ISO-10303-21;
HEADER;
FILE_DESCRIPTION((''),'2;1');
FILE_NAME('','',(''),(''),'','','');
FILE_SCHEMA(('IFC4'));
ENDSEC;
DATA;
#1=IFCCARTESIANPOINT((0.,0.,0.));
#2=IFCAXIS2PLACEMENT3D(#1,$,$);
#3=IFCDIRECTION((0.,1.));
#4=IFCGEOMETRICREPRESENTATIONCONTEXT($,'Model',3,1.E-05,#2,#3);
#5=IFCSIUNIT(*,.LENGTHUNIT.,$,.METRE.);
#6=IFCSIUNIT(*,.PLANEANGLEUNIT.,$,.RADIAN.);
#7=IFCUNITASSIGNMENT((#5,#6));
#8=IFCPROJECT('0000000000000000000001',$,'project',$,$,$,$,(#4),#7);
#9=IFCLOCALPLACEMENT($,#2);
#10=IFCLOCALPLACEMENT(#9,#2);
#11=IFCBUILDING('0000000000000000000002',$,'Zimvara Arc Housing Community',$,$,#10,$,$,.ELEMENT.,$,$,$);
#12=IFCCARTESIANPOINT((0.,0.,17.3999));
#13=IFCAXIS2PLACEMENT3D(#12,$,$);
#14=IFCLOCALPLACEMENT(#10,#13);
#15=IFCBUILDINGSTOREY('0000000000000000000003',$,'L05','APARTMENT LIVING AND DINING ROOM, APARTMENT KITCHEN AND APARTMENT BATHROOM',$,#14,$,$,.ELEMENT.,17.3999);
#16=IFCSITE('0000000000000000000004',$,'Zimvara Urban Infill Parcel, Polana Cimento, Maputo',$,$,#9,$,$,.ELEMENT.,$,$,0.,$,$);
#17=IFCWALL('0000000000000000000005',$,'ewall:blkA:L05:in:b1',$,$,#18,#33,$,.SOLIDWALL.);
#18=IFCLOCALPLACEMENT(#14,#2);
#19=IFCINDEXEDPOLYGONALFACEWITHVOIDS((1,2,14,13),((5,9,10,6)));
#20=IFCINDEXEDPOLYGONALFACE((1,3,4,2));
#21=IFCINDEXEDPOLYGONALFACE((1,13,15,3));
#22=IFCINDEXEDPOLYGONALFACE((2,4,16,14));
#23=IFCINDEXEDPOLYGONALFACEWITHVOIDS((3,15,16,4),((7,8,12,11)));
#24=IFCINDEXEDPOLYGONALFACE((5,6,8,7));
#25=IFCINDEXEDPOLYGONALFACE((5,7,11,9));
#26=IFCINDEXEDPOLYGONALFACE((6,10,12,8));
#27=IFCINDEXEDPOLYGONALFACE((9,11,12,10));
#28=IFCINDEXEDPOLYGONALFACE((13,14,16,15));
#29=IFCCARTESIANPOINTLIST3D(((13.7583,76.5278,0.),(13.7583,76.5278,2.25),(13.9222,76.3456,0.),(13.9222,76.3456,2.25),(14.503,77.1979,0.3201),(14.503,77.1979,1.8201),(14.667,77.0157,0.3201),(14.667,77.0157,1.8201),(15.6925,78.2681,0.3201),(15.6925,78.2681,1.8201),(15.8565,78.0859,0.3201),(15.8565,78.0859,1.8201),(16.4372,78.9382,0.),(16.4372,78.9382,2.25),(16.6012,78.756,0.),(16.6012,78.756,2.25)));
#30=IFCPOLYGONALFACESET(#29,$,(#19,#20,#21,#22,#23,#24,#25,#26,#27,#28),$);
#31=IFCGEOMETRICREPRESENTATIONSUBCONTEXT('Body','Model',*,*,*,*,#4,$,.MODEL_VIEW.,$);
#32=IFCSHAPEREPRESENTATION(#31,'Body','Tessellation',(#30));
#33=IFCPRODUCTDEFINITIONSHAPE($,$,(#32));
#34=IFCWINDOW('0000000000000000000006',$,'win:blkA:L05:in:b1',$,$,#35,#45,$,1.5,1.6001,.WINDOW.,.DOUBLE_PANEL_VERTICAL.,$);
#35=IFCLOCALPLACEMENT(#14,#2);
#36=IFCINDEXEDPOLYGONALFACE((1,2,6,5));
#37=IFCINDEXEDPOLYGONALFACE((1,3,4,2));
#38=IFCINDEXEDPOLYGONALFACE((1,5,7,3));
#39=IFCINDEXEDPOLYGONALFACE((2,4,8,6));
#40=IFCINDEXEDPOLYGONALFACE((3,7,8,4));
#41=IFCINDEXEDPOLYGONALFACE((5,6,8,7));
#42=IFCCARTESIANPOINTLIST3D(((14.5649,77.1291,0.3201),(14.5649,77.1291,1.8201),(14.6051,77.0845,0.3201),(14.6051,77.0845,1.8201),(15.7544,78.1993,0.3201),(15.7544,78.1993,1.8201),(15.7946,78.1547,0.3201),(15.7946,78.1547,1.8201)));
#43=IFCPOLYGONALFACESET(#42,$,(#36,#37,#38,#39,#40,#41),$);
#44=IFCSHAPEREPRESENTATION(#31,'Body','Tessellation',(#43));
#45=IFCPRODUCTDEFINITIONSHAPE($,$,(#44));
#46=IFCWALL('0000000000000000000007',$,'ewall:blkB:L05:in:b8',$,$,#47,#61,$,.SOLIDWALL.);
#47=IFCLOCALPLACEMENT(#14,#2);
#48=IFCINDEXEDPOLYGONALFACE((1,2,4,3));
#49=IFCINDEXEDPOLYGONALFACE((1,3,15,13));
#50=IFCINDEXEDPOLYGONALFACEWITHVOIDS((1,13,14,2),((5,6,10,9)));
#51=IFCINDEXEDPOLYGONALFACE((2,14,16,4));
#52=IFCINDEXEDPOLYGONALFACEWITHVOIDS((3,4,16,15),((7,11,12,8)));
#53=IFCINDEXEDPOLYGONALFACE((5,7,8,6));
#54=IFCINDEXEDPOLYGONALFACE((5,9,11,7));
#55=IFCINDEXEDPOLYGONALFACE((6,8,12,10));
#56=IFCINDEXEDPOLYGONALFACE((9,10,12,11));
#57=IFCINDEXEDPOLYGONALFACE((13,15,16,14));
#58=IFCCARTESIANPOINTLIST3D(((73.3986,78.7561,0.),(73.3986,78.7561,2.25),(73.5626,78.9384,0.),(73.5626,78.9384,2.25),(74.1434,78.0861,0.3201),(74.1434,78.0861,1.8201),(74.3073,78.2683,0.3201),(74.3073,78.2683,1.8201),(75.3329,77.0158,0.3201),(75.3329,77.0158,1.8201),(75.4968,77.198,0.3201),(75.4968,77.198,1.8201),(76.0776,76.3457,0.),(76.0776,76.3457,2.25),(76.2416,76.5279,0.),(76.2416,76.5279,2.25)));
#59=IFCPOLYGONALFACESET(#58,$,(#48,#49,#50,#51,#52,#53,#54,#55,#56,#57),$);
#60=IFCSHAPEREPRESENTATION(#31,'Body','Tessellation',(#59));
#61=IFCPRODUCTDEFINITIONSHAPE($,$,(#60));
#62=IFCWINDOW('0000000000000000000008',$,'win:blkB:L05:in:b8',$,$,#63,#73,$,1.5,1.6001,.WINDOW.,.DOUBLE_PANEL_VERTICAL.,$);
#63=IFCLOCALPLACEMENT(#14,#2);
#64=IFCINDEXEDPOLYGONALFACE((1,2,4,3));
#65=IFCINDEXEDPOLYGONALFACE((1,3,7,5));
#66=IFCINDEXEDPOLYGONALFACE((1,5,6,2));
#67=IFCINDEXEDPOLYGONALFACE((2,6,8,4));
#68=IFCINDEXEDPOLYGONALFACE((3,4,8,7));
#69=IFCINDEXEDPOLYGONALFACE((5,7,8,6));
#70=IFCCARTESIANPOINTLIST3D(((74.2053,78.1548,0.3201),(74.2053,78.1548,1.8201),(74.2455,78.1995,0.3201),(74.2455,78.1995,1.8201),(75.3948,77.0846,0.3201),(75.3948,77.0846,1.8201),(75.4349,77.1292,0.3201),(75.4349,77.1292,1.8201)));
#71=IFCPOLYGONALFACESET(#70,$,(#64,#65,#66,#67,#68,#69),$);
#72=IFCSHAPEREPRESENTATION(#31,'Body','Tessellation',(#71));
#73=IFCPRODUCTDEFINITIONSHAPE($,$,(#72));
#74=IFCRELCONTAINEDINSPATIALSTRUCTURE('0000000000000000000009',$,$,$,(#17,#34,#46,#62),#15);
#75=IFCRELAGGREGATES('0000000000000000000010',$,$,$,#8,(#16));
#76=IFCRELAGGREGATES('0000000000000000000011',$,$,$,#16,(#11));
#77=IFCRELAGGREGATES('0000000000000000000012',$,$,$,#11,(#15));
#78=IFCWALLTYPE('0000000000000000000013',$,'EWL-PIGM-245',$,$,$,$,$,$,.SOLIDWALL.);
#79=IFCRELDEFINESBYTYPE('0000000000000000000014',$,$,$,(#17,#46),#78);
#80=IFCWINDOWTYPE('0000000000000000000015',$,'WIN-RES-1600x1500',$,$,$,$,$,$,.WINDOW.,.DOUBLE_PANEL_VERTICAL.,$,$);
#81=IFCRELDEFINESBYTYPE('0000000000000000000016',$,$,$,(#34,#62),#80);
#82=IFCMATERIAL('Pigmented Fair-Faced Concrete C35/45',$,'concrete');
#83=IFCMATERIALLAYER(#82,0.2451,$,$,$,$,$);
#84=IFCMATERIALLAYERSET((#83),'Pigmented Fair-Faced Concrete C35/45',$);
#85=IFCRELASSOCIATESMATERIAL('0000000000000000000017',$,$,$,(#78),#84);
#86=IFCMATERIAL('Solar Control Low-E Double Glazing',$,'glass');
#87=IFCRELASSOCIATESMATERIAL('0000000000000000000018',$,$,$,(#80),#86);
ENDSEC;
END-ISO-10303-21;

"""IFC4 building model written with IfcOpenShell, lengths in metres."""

from ifc_helpers import new_model, si_unit, direction, frame, frame_2d, origin, place, context, subcontext, project, spatial, rectangle, extrude, material, layer, layer_set, type_object, element, fill, save


model = new_model("IFC4")

# Units and contexts
model_context = context("Model", 3, precision=1e-05, world=origin(), true_north=direction((0.0, 1.0)))
body_context = subcontext(model_context, "Body", "Model", "MODEL_VIEW")
ifc_project = project(units=[si_unit("LENGTHUNIT", "METRE"), si_unit("PLANEANGLEUNIT", "RADIAN")], contexts=[model_context])

# Site, building, storey
site_placement = place(None, origin())
site = spatial("IfcSite", under=ifc_project, at=site_placement, Name="Zimvara Urban Infill Parcel, Polana Cimento, Maputo", CompositionType="ELEMENT", RefElevation=0.0)
building_placement = place(site_placement, origin())
building = spatial("IfcBuilding", under=site, at=building_placement, Name="Zimvara Arc Housing Community", CompositionType="ELEMENT")
storey_placement = place(building_placement, frame((0.0, 0.0, 17.3999)))
storey = spatial("IfcBuildingStorey", under=building, at=storey_placement, Name="L05", Description="APARTMENT LIVING AND DINING ROOM, APARTMENT KITCHEN AND APARTMENT BATHROOM", CompositionType="ELEMENT", Elevation=17.3999)

# Walls, openings, windows
ifc_material_1 = material(Name="Pigmented Fair-Faced Concrete C35/45", Category="concrete")
ifc_layer_1 = layer(ifc_material_1, 0.2451)
ifc_layer_set_1 = layer_set([ifc_layer_1], Name="Pigmented Fair-Faced Concrete C35/45")
wall_type = type_object("IfcWallType", Name="EWL-PIGM-245", PredefinedType="SOLIDWALL", material=ifc_layer_set_1)
wall_1_placement = place(storey_placement, frame((13.8403, 76.4368, 0.0), z_axis=(0.0, 0.0, 1.0), x_axis=(0.743385, 0.668864, 0.0)))
wall_1 = element("IfcWall", 1, at=wall_1_placement, inside=storey, type_object=wall_type, Name="ewall:blkA:L05:in:b1", PredefinedType="SOLIDWALL", context=body_context, shape_type="SweptSolid", body=[
    extrude(rectangle(XDim=3.6038, YDim=0.2451, at=frame_2d((1.8018, 0.0))), origin(), (0.0, 0.0, 1.0), 2.25),
])
opening_1_placement = place(wall_1_placement, frame((1.0017, 0.0, 0.3201)))
opening_1 = element("IfcOpeningElement", 2, at=opening_1_placement, cuts=wall_1, PredefinedType="OPENING", context=body_context, shape_type="SweptSolid", body=[
    extrude(rectangle(XDim=1.6001, YDim=1.5, at=frame_2d((0.8, 0.75))), frame((0.0, 0.1326, 0.0), z_axis=(0.0, -1.0, 0.0), x_axis=(1.0, 0.0, 0.0)), (0.0, 0.0, 1.0), 0.2651),
])
ifc_material_2 = material(Name="Solar Control Low-E Double Glazing", Category="glass")
window_type = type_object("IfcWindowType", Name="WIN-RES-1600x1500", PartitioningType="DOUBLE_PANEL_VERTICAL", PredefinedType="WINDOW", material=ifc_material_2)
window_1_placement = place(opening_1_placement, origin())
window_1 = element("IfcWindow", 3, at=window_1_placement, inside=storey, type_object=window_type, Name="win:blkA:L05:in:b1", OverallHeight=1.5, OverallWidth=1.6001, PartitioningType="DOUBLE_PANEL_VERTICAL", PredefinedType="WINDOW", context=body_context, shape_type="SweptSolid", body=[
    extrude(rectangle(XDim=1.6001, YDim=1.5, at=frame_2d((0.8, 0.75))), frame((0.0, 0.03, 0.0), z_axis=(0.0, -1.0, 0.0), x_axis=(1.0, 0.0, 0.0)), (0.0, 0.0, 1.0), 0.0601),
])
fill(opening_1, window_1)
wall_2_placement = place(storey_placement, frame((73.4807, 78.8472, 0.0), z_axis=(0.0, 0.0, 1.0), x_axis=(0.743385, -0.668864, 0.0)))
wall_2 = element("IfcWall", 4, at=wall_2_placement, inside=storey, type_object=wall_type, Name="ewall:blkB:L05:in:b8", PredefinedType="SOLIDWALL", context=body_context, shape_type="SweptSolid", body=[
    extrude(rectangle(XDim=3.6038, YDim=0.2451, at=frame_2d((1.8018, 0.0))), origin(), (0.0, 0.0, 1.0), 2.25),
])
opening_2_placement = place(wall_2_placement, frame((1.0017, 0.0, 0.3201)))
opening_2 = element("IfcOpeningElement", 5, at=opening_2_placement, cuts=wall_2, PredefinedType="OPENING", context=body_context, shape_type="SweptSolid", body=[
    extrude(rectangle(XDim=1.6001, YDim=1.5, at=frame_2d((0.8, 0.75))), frame((0.0, 0.1326, 0.0), z_axis=(0.0, -1.0, 0.0), x_axis=(1.0, 0.0, 0.0)), (0.0, 0.0, 1.0), 0.2651),
])
window_2_placement = place(opening_2_placement, origin())
window_2 = element("IfcWindow", 6, at=window_2_placement, inside=storey, type_object=window_type, Name="win:blkB:L05:in:b8", OverallHeight=1.5, OverallWidth=1.6001, PartitioningType="DOUBLE_PANEL_VERTICAL", PredefinedType="WINDOW", context=body_context, shape_type="SweptSolid", body=[
    extrude(rectangle(XDim=1.6001, YDim=1.5, at=frame_2d((0.8, 0.75))), frame((0.0, 0.03, 0.0), z_axis=(0.0, -1.0, 0.0), x_axis=(1.0, 0.0, 0.0)), (0.0, 0.0, 1.0), 0.0601),
])
fill(opening_2, window_2)

save(model, "model.ifc")
